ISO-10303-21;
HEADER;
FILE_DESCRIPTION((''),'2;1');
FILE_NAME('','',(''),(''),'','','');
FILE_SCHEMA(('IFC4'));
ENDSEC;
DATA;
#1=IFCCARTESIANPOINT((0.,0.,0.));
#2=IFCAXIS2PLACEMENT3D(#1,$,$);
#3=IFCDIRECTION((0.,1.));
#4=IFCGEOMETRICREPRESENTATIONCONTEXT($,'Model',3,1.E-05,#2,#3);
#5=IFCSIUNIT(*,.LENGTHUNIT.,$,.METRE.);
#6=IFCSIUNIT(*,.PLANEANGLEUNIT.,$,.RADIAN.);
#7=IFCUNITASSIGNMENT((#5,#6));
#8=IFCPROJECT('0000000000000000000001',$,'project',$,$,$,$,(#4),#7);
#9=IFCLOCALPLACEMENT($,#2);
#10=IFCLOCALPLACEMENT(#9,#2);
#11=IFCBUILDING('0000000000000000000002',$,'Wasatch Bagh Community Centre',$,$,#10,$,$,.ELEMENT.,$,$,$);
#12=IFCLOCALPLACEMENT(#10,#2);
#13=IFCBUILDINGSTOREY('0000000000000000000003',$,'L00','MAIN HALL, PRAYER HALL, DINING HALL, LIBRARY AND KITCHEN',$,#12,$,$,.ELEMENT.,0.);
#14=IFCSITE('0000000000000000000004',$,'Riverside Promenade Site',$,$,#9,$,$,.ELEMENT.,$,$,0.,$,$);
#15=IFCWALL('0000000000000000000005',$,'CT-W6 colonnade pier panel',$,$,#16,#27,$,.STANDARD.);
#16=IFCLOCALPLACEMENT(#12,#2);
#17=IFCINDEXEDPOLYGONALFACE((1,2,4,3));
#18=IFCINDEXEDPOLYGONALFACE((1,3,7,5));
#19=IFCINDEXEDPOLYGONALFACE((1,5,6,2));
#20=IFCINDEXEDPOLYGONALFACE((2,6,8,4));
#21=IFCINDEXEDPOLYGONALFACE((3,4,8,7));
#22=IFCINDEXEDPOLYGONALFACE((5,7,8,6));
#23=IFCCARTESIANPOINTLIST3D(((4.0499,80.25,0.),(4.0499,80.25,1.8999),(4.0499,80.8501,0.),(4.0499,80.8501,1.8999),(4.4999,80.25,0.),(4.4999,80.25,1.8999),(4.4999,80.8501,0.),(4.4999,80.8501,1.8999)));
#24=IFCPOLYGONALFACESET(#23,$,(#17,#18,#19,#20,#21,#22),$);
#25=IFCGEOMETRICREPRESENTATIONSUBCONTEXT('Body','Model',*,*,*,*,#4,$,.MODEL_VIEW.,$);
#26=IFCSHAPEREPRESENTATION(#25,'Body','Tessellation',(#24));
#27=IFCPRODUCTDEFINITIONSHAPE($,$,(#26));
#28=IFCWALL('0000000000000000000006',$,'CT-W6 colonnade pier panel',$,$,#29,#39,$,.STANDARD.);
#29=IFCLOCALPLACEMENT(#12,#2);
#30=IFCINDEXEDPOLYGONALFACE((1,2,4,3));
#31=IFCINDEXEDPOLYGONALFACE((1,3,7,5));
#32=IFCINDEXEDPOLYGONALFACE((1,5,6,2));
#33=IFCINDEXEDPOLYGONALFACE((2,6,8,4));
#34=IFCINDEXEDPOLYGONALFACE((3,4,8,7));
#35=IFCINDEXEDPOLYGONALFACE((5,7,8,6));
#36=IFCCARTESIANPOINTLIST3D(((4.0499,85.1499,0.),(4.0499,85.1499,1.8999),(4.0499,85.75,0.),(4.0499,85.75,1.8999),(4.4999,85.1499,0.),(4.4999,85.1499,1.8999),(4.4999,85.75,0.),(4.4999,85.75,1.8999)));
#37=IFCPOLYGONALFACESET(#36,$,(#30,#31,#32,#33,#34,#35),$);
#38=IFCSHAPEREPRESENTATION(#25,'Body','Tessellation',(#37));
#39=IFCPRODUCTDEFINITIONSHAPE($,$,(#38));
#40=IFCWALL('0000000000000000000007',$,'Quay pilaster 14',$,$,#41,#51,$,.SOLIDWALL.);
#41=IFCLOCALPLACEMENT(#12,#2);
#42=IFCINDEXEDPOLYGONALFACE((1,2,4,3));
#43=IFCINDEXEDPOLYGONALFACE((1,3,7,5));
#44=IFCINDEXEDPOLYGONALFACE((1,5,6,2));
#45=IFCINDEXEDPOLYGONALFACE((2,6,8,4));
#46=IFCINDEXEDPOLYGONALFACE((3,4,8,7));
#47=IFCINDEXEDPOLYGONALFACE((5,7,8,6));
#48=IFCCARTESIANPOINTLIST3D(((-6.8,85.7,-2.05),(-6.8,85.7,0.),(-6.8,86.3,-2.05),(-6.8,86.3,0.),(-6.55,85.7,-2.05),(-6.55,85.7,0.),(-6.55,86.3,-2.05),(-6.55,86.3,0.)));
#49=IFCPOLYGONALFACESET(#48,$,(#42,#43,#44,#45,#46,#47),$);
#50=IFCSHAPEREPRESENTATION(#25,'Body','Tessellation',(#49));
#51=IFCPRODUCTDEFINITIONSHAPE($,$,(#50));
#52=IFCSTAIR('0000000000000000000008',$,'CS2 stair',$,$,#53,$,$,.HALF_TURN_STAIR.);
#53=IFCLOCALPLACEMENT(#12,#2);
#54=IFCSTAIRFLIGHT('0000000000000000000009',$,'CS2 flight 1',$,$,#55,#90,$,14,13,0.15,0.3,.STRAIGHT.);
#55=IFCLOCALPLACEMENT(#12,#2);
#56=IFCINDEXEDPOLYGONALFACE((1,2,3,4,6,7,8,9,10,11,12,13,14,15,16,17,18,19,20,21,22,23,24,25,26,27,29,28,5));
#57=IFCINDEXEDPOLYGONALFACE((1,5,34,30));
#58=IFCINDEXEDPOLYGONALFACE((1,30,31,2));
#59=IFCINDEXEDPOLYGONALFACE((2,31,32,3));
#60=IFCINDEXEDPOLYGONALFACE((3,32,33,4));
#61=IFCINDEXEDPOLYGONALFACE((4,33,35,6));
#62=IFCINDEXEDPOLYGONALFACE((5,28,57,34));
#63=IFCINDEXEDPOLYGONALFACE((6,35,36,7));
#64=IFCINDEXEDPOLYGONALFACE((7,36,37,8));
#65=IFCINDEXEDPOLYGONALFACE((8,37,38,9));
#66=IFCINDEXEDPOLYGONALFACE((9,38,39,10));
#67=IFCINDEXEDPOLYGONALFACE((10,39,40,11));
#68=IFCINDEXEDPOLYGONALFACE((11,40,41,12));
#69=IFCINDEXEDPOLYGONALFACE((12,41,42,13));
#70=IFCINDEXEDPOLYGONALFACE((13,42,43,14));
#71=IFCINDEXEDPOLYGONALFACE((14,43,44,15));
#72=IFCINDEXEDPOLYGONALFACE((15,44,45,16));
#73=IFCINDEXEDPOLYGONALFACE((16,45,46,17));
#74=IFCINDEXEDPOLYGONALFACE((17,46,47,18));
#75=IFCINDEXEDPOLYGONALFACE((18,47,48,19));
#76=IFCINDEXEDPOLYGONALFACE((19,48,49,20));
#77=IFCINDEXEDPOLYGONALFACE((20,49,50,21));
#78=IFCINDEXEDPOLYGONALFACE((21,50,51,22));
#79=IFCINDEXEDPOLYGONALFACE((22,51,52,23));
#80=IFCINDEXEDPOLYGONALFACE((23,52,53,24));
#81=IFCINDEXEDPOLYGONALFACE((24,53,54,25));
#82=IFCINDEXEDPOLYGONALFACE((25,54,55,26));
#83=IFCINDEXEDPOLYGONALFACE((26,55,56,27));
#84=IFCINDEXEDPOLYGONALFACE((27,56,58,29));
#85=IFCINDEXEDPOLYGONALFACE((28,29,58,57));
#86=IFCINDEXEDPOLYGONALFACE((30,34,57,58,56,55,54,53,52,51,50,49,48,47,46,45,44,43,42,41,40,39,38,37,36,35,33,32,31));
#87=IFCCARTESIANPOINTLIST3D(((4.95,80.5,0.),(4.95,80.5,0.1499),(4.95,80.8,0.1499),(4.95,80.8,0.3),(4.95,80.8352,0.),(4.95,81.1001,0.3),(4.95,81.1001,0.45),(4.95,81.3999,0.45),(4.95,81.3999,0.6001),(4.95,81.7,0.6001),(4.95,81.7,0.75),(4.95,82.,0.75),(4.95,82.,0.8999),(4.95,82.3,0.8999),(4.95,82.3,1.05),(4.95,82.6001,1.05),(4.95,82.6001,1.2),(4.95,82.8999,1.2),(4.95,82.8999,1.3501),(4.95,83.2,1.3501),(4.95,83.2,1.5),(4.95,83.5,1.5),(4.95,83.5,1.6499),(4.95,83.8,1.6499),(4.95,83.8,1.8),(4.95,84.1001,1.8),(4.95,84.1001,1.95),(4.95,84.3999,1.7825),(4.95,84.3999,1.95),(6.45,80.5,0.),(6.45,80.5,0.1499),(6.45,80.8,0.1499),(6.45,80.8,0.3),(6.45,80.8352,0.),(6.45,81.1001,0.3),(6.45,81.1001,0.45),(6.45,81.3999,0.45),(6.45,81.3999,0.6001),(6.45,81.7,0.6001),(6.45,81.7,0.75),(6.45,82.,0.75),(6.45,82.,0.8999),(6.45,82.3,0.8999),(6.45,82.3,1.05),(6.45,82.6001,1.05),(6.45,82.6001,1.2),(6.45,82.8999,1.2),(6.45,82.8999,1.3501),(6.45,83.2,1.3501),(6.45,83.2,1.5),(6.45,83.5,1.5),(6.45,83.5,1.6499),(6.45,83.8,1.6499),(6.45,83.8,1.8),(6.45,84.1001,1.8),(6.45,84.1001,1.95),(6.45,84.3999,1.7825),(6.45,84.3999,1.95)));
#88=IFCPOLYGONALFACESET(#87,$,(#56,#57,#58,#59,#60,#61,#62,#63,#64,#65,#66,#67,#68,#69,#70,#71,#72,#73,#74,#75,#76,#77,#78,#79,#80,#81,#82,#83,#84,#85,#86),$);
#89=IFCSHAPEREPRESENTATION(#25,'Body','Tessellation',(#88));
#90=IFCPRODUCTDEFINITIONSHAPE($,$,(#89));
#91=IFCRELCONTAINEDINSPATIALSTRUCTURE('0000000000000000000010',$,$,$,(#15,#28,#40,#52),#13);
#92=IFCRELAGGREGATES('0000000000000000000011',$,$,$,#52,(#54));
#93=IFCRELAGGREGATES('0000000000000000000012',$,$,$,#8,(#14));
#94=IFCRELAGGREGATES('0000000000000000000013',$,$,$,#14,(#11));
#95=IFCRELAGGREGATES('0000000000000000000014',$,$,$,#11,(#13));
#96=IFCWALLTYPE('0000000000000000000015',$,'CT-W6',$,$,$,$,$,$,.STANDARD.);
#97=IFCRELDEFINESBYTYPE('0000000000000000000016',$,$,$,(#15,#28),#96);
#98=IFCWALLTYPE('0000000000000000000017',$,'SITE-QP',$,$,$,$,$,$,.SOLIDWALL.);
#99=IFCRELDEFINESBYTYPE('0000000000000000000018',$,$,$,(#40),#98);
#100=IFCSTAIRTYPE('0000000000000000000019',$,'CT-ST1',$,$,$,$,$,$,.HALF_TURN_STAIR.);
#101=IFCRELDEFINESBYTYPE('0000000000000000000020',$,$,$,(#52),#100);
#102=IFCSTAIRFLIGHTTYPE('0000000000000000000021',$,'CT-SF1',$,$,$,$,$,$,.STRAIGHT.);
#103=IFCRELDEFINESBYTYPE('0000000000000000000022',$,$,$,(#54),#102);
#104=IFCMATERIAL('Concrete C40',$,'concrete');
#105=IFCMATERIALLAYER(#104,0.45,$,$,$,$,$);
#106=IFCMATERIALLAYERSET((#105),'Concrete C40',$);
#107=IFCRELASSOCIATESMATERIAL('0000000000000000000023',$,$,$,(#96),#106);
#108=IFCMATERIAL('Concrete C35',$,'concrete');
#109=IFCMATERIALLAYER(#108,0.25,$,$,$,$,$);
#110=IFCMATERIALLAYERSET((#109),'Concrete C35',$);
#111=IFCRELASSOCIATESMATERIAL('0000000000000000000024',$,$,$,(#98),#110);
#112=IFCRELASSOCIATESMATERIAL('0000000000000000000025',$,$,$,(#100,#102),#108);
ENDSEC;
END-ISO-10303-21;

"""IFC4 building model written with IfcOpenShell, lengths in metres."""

from ifc_helpers import new_model, si_unit, direction, frame, frame_2d, origin, place, context, subcontext, project, spatial, polyline, rectangle, outline, extrude, material, layer, layer_set, type_object, element, aggregate, save


model = new_model("IFC4")

# Units and contexts
model_context = context("Model", 3, precision=1e-05, world=origin(), true_north=direction((0.0, 1.0)))
body_context = subcontext(model_context, "Body", "Model", "MODEL_VIEW")
ifc_project = project(units=[si_unit("LENGTHUNIT", "METRE"), si_unit("PLANEANGLEUNIT", "RADIAN")], contexts=[model_context])

# Site, building, storey
site_placement = place(None, origin())
site = spatial("IfcSite", under=ifc_project, at=site_placement, Name="Riverside Promenade Site", CompositionType="ELEMENT", RefElevation=0.0)
building_placement = place(site_placement, origin())
building = spatial("IfcBuilding", under=site, at=building_placement, Name="Wasatch Bagh Community Centre", CompositionType="ELEMENT")
storey_placement = place(building_placement, origin())
storey = spatial("IfcBuildingStorey", under=building, at=storey_placement, Name="L00", Description="MAIN HALL, PRAYER HALL, DINING HALL, LIBRARY AND KITCHEN", CompositionType="ELEMENT", Elevation=0.0)

# Shared definitions
ifc_material_1 = material(Name="Concrete C35", Category="concrete")

# Walls
ifc_material_2 = material(Name="Concrete C40", Category="concrete")
ifc_layer_1 = layer(ifc_material_2, 0.45)
ifc_layer_set_1 = layer_set([ifc_layer_1], Name="Concrete C40")
wall_type_1 = type_object("IfcWallType", Name="CT-W6", PredefinedType="STANDARD", material=ifc_layer_set_1)
for number, where, z_axis, x_axis, name in (
    (1, (4.2749, 80.25, 0.0), (0.0, 0.0, 1.0), (0.0, 1.0, 0.0), "CT-W6 colonnade pier panel"),
    (2, (4.2749, 85.75, 0.0), (0.0, 0.0, 1.0), (0.0, -1.0, 0.0), "CT-W6 colonnade pier panel"),
):
    element("IfcWall", number, at=place(storey_placement, frame(where, z_axis=z_axis, x_axis=x_axis)), inside=storey, type_object=wall_type_1, Name=name, PredefinedType="STANDARD", context=body_context, shape_type="SweptSolid", body=[
        extrude(rectangle(XDim=0.6001, YDim=0.45, at=frame_2d((0.3, 0.0))), origin(), (0.0, 0.0, 1.0), 1.8999),
    ])
ifc_layer_2 = layer(ifc_material_1, 0.25)
ifc_layer_set_2 = layer_set([ifc_layer_2], Name="Concrete C35")
wall_type_2 = type_object("IfcWallType", Name="SITE-QP", PredefinedType="SOLIDWALL", material=ifc_layer_set_2)
wall_1_placement = place(storey_placement, frame((-6.675, 85.7, -2.05), z_axis=(0.0, 0.0, 1.0), x_axis=(0.0, 1.0, 0.0)))
element("IfcWall", 3, at=wall_1_placement, inside=storey, type_object=wall_type_2, Name="Quay pilaster 14", PredefinedType="SOLIDWALL", context=body_context, shape_type="SweptSolid", body=[
    extrude(rectangle(XDim=0.6001, YDim=0.25, at=frame_2d((0.3, 0.0))), origin(), (0.0, 0.0, 1.0), 2.05),
])

# Stair, stair flight
stair_type = type_object("IfcStairType", Name="CT-ST1", PredefinedType="HALF_TURN_STAIR", material=ifc_material_1)
stair_placement = place(storey_placement, origin())
stair = element("IfcStair", 4, at=stair_placement, inside=storey, type_object=stair_type, Name="CS2 stair", PredefinedType="HALF_TURN_STAIR")
stair_flight_type = type_object("IfcStairFlightType", Name="CT-SF1", PredefinedType="STRAIGHT", material=ifc_material_1)
stair_flight_placement = place(storey_placement, frame((5.7, 80.5, 0.0), z_axis=(0.0, 0.0, 1.0), x_axis=(0.0, 1.0, 0.0)))
stair_flight = element("IfcStairFlight", 5, at=stair_flight_placement, type_object=stair_flight_type, Name="CS2 flight 1", NumberOfRisers=14, NumberOfTreads=13, PredefinedType="STRAIGHT", RiserHeight=0.15, TreadLength=0.3, context=body_context, shape_type="SweptSolid", body=[
    extrude(outline(polyline([(0.0, 0.0), (0.0, 0.1499), (0.3, 0.1499), (0.3, 0.3), (0.6001, 0.3), (0.6001, 0.45), (0.8999, 0.45), (0.8999, 0.6001), (1.2, 0.6001), (1.2, 0.75), (1.5, 0.75), (1.5, 0.8999), (1.8, 0.8999), (1.8, 1.05), (2.1001, 1.05), (2.1001, 1.2), (2.3999, 1.2), (2.3999, 1.3501), (2.7, 1.3501), (2.7, 1.5), (3.0, 1.5), (3.0, 1.6499), (3.3, 1.6499), (3.3, 1.8), (3.6001, 1.8), (3.6001, 1.95), (3.8999, 1.95), (3.8999, 2.1001), (3.8999, 1.7825), (0.3352, 0.0), (0.0, 0.0)])), frame((0.0, 0.75, 0.0), z_axis=(0.0, -1.0, 0.0), x_axis=(1.0, 0.0, 0.0)), (0.0, 0.0, 1.0), 1.5),
])
aggregate(stair, [stair_flight])

save(model, "model.ifc")
